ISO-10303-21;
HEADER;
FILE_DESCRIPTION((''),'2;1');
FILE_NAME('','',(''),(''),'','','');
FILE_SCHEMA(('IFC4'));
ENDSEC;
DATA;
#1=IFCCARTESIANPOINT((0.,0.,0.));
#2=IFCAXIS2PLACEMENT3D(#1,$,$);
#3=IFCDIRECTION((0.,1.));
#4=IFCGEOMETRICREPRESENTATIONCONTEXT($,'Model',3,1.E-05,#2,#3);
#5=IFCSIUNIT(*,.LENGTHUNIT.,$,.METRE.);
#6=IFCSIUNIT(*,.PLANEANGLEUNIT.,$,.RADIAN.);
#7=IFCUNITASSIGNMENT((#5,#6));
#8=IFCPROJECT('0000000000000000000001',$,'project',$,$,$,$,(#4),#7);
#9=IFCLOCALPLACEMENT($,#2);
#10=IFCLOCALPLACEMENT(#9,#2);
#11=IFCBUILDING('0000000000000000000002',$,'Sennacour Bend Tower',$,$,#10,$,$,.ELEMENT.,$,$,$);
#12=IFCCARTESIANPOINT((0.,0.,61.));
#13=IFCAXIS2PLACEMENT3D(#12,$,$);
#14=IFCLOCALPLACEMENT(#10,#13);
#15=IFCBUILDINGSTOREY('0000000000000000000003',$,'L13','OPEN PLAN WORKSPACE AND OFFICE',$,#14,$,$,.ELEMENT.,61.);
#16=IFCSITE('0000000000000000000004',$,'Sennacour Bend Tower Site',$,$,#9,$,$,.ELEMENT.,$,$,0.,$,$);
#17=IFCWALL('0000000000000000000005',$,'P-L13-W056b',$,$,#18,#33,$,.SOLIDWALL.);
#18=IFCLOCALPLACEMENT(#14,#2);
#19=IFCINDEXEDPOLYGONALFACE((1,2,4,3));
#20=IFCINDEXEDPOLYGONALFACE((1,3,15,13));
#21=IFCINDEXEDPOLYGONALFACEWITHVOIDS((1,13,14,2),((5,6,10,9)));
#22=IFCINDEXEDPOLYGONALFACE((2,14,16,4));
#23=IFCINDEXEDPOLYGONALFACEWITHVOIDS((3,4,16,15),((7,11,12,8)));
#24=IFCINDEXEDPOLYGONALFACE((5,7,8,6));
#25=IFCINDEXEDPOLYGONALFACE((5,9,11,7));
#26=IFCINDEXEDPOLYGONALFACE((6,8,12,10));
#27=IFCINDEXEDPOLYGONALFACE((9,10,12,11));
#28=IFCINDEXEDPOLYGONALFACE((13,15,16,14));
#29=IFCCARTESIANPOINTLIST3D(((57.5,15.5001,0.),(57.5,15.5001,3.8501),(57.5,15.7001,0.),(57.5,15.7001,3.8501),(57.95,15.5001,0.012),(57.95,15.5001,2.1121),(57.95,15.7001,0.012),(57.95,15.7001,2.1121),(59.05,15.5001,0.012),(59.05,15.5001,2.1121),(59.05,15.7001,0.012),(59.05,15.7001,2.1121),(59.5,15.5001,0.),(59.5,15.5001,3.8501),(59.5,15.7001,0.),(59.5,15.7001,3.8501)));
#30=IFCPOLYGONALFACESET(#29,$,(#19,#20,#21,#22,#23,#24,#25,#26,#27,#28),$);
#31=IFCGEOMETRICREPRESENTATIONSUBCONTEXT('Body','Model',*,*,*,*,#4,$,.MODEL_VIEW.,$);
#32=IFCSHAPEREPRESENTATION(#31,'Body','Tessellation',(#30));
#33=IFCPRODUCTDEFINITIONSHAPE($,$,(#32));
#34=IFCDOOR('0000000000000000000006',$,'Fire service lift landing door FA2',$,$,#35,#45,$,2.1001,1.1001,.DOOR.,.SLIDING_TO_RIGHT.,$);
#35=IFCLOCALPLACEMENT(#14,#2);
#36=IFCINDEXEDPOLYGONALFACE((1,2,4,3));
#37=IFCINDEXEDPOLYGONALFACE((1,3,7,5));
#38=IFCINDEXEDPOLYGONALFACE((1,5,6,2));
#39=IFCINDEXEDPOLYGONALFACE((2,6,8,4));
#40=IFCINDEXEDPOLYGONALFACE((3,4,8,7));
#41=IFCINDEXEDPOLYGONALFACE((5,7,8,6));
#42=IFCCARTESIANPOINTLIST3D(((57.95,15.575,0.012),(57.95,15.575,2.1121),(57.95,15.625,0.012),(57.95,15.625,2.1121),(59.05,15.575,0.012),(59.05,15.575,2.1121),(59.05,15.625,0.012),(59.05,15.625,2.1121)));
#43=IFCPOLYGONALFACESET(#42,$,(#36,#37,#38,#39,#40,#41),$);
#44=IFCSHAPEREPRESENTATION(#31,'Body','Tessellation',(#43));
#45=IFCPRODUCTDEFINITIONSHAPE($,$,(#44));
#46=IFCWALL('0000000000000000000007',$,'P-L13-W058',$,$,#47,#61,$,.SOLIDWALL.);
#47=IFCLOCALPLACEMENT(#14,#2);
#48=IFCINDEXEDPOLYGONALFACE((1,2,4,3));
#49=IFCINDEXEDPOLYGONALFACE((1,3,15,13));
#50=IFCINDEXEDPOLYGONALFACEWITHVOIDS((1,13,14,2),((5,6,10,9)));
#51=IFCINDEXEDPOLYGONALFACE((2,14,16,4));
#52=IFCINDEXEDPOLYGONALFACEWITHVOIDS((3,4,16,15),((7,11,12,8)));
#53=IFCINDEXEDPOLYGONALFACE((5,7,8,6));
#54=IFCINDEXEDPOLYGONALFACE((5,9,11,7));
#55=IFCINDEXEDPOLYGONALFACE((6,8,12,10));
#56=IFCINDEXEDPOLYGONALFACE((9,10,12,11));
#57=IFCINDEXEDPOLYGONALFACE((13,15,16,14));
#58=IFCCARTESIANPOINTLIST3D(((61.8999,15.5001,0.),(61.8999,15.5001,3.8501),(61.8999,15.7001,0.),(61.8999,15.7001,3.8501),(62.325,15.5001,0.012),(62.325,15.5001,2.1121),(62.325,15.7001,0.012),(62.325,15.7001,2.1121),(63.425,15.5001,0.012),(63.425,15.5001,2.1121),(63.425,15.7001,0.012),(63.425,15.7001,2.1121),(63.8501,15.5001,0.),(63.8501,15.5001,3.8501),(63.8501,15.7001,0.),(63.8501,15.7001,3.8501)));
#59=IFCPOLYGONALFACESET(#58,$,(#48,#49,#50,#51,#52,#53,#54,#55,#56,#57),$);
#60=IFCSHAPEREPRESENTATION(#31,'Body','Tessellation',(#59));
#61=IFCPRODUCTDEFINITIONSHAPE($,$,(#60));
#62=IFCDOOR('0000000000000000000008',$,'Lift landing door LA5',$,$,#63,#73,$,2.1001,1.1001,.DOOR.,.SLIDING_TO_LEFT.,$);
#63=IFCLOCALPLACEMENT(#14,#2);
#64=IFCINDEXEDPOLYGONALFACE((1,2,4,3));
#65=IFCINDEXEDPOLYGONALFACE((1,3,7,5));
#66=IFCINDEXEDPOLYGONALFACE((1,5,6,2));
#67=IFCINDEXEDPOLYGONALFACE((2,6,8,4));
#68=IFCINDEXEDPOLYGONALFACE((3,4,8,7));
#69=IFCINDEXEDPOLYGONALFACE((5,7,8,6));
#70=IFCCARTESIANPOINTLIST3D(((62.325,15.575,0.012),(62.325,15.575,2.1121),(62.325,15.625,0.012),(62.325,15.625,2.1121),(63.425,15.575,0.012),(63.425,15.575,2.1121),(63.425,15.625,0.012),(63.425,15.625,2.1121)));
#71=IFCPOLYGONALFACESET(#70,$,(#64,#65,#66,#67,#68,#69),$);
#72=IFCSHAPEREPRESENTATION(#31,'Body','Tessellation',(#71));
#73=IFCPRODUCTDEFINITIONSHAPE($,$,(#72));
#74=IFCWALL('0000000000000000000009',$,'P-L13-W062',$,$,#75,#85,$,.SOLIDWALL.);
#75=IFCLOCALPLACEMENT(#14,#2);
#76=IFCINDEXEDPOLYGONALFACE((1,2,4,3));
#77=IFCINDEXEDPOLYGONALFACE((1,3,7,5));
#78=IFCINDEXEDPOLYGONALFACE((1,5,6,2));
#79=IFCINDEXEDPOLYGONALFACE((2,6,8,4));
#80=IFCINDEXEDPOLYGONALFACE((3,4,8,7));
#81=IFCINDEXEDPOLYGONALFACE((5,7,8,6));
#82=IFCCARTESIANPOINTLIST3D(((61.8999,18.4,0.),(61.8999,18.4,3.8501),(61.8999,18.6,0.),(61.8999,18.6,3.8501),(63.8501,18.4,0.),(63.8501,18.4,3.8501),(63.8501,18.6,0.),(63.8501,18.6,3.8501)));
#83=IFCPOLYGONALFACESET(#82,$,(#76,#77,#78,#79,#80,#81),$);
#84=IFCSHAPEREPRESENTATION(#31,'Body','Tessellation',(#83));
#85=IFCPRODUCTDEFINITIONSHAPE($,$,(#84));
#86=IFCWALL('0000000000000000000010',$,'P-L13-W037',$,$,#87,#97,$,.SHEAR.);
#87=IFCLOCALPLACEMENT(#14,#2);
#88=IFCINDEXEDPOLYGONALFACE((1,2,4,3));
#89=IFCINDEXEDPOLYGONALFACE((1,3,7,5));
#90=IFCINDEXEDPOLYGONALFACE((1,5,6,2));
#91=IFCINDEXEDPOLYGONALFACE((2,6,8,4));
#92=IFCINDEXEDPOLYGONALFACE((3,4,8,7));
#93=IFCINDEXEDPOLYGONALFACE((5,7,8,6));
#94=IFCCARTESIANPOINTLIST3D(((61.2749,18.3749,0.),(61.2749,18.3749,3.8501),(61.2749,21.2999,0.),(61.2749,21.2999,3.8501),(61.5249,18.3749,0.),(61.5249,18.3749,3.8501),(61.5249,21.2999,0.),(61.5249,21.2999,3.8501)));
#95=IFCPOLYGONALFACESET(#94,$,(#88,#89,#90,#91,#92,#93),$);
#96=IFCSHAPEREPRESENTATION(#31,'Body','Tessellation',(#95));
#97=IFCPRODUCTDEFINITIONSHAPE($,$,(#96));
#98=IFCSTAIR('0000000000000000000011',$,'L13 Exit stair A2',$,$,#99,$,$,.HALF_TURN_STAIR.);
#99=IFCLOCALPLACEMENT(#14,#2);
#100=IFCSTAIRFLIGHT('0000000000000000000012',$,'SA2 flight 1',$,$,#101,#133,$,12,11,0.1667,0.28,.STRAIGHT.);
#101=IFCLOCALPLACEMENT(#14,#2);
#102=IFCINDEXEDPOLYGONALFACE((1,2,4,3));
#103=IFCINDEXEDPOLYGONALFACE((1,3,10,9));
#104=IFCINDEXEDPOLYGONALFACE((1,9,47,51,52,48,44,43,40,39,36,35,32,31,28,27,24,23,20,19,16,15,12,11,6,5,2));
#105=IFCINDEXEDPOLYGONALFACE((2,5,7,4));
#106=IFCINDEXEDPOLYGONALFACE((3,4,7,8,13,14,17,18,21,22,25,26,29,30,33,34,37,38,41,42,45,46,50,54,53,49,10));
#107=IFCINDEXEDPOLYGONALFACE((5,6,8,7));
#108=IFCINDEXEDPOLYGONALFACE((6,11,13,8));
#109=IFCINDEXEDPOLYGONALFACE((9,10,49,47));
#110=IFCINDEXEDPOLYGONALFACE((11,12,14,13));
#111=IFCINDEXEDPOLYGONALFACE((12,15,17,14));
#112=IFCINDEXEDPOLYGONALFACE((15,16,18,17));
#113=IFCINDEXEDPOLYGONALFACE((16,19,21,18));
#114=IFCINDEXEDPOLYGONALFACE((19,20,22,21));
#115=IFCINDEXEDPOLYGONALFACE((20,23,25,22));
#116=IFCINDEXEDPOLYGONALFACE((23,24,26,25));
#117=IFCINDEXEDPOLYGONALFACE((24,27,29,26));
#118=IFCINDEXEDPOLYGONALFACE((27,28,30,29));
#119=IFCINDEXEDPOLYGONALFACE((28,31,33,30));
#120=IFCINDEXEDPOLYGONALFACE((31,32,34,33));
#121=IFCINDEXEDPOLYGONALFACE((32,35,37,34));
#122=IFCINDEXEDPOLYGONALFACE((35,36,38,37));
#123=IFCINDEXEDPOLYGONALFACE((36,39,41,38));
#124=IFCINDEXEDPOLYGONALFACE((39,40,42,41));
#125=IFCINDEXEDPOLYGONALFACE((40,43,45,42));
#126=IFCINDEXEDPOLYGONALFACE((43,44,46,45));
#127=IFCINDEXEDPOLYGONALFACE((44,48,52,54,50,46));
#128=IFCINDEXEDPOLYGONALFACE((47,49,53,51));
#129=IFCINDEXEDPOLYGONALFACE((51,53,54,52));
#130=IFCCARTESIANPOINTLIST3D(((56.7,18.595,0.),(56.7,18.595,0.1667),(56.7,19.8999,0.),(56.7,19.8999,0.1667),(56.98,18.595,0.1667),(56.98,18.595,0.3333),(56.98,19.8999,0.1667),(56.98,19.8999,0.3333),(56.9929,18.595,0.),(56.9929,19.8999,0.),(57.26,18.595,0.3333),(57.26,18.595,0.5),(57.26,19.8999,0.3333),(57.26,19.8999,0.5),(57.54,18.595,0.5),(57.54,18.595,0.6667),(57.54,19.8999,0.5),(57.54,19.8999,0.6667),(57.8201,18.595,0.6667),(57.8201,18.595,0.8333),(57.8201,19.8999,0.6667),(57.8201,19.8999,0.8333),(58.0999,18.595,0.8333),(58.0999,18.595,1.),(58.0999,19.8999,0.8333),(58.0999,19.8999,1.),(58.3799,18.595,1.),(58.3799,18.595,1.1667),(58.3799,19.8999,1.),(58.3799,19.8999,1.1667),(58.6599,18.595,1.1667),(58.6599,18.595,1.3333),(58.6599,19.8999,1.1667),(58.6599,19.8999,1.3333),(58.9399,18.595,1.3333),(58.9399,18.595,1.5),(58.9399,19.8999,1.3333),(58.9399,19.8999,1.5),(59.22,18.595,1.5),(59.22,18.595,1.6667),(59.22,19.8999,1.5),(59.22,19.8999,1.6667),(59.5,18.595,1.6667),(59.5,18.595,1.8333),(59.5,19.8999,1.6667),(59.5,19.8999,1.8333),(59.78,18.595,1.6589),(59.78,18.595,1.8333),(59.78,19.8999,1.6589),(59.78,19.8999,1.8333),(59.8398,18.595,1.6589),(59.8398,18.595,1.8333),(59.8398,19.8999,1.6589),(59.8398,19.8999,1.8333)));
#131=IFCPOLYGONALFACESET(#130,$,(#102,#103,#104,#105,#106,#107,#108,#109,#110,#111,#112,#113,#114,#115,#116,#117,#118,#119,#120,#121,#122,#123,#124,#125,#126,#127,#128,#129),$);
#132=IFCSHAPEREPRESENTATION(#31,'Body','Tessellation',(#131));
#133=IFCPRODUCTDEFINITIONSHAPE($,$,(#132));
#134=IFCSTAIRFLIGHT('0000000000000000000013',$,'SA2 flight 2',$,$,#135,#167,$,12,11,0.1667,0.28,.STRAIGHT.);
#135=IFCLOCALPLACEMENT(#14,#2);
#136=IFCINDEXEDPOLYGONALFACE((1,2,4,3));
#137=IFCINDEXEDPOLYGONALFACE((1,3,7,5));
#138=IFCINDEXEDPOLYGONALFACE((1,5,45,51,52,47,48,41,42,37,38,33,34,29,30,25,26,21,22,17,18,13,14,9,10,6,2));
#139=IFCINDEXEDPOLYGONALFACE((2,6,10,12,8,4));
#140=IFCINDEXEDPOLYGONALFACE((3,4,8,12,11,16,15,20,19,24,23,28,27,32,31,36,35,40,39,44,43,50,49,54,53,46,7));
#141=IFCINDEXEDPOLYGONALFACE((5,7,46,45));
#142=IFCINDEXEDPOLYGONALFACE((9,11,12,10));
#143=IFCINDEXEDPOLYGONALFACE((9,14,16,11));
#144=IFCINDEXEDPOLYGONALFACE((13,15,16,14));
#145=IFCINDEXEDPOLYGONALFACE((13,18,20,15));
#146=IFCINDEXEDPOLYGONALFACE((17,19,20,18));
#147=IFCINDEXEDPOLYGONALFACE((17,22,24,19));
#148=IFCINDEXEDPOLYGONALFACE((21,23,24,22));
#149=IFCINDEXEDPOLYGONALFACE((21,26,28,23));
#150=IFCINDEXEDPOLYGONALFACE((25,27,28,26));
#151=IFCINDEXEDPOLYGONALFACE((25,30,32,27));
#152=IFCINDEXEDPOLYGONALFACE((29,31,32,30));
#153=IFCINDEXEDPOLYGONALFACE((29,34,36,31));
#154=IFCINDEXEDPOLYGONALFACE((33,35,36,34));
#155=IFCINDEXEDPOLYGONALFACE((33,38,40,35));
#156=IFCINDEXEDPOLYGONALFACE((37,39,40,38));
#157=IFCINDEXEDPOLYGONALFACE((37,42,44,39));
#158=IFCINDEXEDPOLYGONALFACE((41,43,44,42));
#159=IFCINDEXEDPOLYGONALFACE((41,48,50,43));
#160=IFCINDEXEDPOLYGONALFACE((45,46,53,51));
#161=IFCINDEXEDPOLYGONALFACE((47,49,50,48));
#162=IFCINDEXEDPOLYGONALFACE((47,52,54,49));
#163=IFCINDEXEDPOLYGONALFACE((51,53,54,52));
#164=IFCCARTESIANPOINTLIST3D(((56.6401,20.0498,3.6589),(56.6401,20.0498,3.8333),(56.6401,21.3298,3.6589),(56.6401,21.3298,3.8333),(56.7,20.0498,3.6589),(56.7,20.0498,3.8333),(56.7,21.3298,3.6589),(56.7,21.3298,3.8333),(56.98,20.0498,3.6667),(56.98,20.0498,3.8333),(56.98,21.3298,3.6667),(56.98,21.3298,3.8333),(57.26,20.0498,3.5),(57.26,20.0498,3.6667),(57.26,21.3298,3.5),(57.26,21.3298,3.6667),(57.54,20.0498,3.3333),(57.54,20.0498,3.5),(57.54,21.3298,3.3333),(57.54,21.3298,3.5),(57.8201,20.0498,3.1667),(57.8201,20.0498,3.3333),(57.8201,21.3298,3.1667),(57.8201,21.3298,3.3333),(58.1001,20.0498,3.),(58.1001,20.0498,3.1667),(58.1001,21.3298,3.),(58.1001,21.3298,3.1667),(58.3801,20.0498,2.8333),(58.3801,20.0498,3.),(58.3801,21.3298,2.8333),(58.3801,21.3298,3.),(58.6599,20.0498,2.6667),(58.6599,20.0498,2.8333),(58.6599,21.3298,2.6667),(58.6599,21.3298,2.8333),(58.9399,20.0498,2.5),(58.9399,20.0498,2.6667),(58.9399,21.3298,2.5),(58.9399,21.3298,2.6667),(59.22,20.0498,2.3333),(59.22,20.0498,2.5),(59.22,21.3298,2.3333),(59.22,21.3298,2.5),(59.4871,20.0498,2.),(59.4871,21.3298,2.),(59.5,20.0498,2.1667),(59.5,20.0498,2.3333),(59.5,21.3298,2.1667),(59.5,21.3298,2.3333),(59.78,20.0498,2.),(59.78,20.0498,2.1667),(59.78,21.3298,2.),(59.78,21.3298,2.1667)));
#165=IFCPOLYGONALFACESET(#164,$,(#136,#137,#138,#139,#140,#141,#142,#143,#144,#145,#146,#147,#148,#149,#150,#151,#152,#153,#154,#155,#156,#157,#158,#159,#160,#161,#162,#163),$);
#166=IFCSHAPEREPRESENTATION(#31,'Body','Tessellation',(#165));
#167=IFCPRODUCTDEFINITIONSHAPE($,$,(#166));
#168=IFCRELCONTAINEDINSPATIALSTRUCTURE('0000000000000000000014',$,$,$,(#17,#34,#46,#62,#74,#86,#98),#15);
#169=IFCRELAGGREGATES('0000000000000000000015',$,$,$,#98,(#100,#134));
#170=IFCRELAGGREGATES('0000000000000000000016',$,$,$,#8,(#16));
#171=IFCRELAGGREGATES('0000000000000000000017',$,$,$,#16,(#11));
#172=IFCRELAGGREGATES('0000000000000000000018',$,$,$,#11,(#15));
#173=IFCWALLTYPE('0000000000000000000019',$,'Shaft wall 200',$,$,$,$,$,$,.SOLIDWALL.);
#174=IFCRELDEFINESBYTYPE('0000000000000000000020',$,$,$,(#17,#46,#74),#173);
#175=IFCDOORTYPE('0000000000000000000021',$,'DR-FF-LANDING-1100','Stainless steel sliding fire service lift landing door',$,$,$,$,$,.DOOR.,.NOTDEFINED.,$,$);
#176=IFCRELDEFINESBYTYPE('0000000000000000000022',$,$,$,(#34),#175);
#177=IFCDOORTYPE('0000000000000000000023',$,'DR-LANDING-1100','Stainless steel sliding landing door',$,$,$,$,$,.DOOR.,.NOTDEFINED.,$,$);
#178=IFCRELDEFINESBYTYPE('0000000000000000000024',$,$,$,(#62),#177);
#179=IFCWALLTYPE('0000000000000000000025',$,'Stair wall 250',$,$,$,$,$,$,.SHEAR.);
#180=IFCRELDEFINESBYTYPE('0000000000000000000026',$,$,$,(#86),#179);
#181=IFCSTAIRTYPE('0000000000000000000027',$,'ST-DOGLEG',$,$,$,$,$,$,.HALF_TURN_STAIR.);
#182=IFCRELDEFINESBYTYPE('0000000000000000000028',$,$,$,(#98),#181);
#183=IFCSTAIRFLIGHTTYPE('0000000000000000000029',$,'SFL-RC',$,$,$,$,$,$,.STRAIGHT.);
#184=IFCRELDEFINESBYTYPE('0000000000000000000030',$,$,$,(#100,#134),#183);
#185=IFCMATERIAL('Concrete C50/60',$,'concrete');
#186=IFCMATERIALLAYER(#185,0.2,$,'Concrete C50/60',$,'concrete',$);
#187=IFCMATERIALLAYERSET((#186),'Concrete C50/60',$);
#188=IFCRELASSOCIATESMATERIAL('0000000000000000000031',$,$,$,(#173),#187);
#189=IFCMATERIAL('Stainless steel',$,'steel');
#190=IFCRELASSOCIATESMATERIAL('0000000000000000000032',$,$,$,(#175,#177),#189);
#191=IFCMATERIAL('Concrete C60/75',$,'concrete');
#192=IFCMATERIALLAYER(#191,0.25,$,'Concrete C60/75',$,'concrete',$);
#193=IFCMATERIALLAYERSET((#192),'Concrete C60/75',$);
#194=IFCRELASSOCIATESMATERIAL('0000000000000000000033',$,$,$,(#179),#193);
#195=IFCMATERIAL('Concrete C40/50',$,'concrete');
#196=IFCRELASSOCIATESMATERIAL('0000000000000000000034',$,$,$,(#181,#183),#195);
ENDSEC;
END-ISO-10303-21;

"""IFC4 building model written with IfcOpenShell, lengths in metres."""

from ifc_helpers import new_model, si_unit, direction, frame, frame_2d, origin, place, context, subcontext, project, spatial, polyline, rectangle, outline, extrude, material, layer, layer_set, type_object, element, fill, aggregate, save


model = new_model("IFC4")

# Units and contexts
model_context = context("Model", 3, precision=1e-05, world=origin(), true_north=direction((0.0, 1.0)))
body_context = subcontext(model_context, "Body", "Model", "MODEL_VIEW")
ifc_project = project(units=[si_unit("LENGTHUNIT", "METRE"), si_unit("PLANEANGLEUNIT", "RADIAN")], contexts=[model_context])

# Site, building, storey
site_placement = place(None, origin())
site = spatial("IfcSite", under=ifc_project, at=site_placement, Name="Sennacour Bend Tower Site", CompositionType="ELEMENT", RefElevation=0.0)
building_placement = place(site_placement, origin())
building = spatial("IfcBuilding", under=site, at=building_placement, Name="Sennacour Bend Tower", CompositionType="ELEMENT")
storey_placement = place(building_placement, frame((0.0, 0.0, 61.0)))
storey = spatial("IfcBuildingStorey", under=building, at=storey_placement, Name="L13", Description="OPEN PLAN WORKSPACE AND OFFICE", CompositionType="ELEMENT", Elevation=61.0)

# Shared definitions
ifc_material_1 = material(Name="Concrete C50/60", Category="concrete")
ifc_layer_1 = layer(ifc_material_1, 0.2, Name="Concrete C50/60", Category="concrete")
ifc_layer_set_1 = layer_set([ifc_layer_1], Name="Concrete C50/60")
wall_type_1 = type_object("IfcWallType", Name="Shaft wall 200", PredefinedType="SOLIDWALL", material=ifc_layer_set_1)

# Walls, openings, doors
wall_1_placement = place(storey_placement, frame((57.5, 15.6001, 0.0), z_axis=(0.0, 0.0, 1.0), x_axis=(1.0, 0.0, 0.0)))
wall_1 = element("IfcWall", 1, at=wall_1_placement, inside=storey, type_object=wall_type_1, Name="P-L13-W056b", PredefinedType="SOLIDWALL", context=body_context, shape_type="SweptSolid", body=[
    extrude(rectangle(XDim=2.0, YDim=0.2, at=frame_2d((1.0, 0.0))), origin(), (0.0, 0.0, 1.0), 3.8501),
])
opening_1_placement = place(wall_1_placement, frame((0.45, 0.0, 0.012)))
opening_1 = element("IfcOpeningElement", 2, at=opening_1_placement, cuts=wall_1, PredefinedType="OPENING", context=body_context, shape_type="SweptSolid", body=[
    extrude(rectangle(XDim=1.1001, YDim=2.1001, at=frame_2d((0.55, 1.05))), frame((0.0, 0.1099, 0.0), z_axis=(0.0, -1.0, 0.0), x_axis=(1.0, 0.0, 0.0)), (0.0, 0.0, 1.0), 0.22),
])
ifc_material_2 = material(Name="Stainless steel", Category="steel")
door_type_1 = type_object("IfcDoorType", Name="DR-FF-LANDING-1100", Description="Stainless steel sliding fire service lift landing door", OperationType="NOTDEFINED", PredefinedType="DOOR", material=ifc_material_2)
door_1_placement = place(opening_1_placement, origin())
door_1 = element("IfcDoor", 3, at=door_1_placement, inside=storey, type_object=door_type_1, Name="Fire service lift landing door FA2", OperationType="SLIDING_TO_RIGHT", OverallHeight=2.1001, OverallWidth=1.1001, PredefinedType="DOOR", context=body_context, shape_type="SweptSolid", body=[
    extrude(rectangle(XDim=1.1001, YDim=2.1001, at=frame_2d((0.55, 1.05))), frame((0.0, 0.0249, 0.0), z_axis=(0.0, -1.0, 0.0), x_axis=(1.0, 0.0, 0.0)), (0.0, 0.0, 1.0), 0.05),
])
fill(opening_1, door_1)
wall_2_placement = place(storey_placement, frame((61.8999, 15.6001, 0.0), z_axis=(0.0, 0.0, 1.0), x_axis=(1.0, 0.0, 0.0)))
wall_2 = element("IfcWall", 4, at=wall_2_placement, inside=storey, type_object=wall_type_1, Name="P-L13-W058", PredefinedType="SOLIDWALL", context=body_context, shape_type="SweptSolid", body=[
    extrude(rectangle(XDim=1.9502, YDim=0.2, at=frame_2d((0.9751, 0.0))), origin(), (0.0, 0.0, 1.0), 3.8501),
])
opening_2_placement = place(wall_2_placement, frame((0.425, 0.0, 0.012)))
opening_2 = element("IfcOpeningElement", 5, at=opening_2_placement, cuts=wall_2, PredefinedType="OPENING", context=body_context, shape_type="SweptSolid", body=[
    extrude(rectangle(XDim=1.1001, YDim=2.1001, at=frame_2d((0.55, 1.05))), frame((0.0, 0.1099, 0.0), z_axis=(0.0, -1.0, 0.0), x_axis=(1.0, 0.0, 0.0)), (0.0, 0.0, 1.0), 0.22),
])
door_type_2 = type_object("IfcDoorType", Name="DR-LANDING-1100", Description="Stainless steel sliding landing door", OperationType="NOTDEFINED", PredefinedType="DOOR", material=ifc_material_2)
door_2_placement = place(opening_2_placement, origin())
door_2 = element("IfcDoor", 6, at=door_2_placement, inside=storey, type_object=door_type_2, Name="Lift landing door LA5", OperationType="SLIDING_TO_LEFT", OverallHeight=2.1001, OverallWidth=1.1001, PredefinedType="DOOR", context=body_context, shape_type="SweptSolid", body=[
    extrude(rectangle(XDim=1.1001, YDim=2.1001, at=frame_2d((0.55, 1.05))), frame((0.0, 0.0249, 0.0), z_axis=(0.0, -1.0, 0.0), x_axis=(1.0, 0.0, 0.0)), (0.0, 0.0, 1.0), 0.05),
])
fill(opening_2, door_2)

# Walls
wall_3_placement = place(storey_placement, frame((61.8999, 18.5, 0.0), z_axis=(0.0, 0.0, 1.0), x_axis=(1.0, 0.0, 0.0)))
element("IfcWall", 7, at=wall_3_placement, inside=storey, type_object=wall_type_1, Name="P-L13-W062", PredefinedType="SOLIDWALL", context=body_context, shape_type="SweptSolid", body=[
    extrude(rectangle(XDim=1.9502, YDim=0.2, at=frame_2d((0.9751, 0.0))), origin(), (0.0, 0.0, 1.0), 3.8501),
])
ifc_material_3 = material(Name="Concrete C60/75", Category="concrete")
ifc_layer_2 = layer(ifc_material_3, 0.25, Name="Concrete C60/75", Category="concrete")
ifc_layer_set_2 = layer_set([ifc_layer_2], Name="Concrete C60/75")
wall_type_2 = type_object("IfcWallType", Name="Stair wall 250", PredefinedType="SHEAR", material=ifc_layer_set_2)
wall_4_placement = place(storey_placement, frame((61.3999, 18.375, 0.0), z_axis=(0.0, 0.0, 1.0), x_axis=(0.0, 1.0, 0.0)))
element("IfcWall", 8, at=wall_4_placement, inside=storey, type_object=wall_type_2, Name="P-L13-W037", PredefinedType="SHEAR", context=body_context, shape_type="SweptSolid", body=[
    extrude(rectangle(XDim=2.925, YDim=0.25, at=frame_2d((1.4624, 0.0))), origin(), (0.0, 0.0, 1.0), 3.8501),
])

# Stair, stair flights
ifc_material_4 = material(Name="Concrete C40/50", Category="concrete")
stair_type = type_object("IfcStairType", Name="ST-DOGLEG", PredefinedType="HALF_TURN_STAIR", material=ifc_material_4)
stair_placement = place(storey_placement, origin())
stair = element("IfcStair", 9, at=stair_placement, inside=storey, type_object=stair_type, Name="L13 Exit stair A2", PredefinedType="HALF_TURN_STAIR")
stair_flight_type = type_object("IfcStairFlightType", Name="SFL-RC", PredefinedType="STRAIGHT", material=ifc_material_4)
stair_flight_1_placement = place(storey_placement, frame((56.7, 19.2476, 0.0), z_axis=(0.0, 0.0, 1.0), x_axis=(1.0, 0.0, 0.0)))
stair_flight_1 = element("IfcStairFlight", 10, at=stair_flight_1_placement, type_object=stair_flight_type, Name="SA2 flight 1", NumberOfRisers=12, NumberOfTreads=11, PredefinedType="STRAIGHT", RiserHeight=0.1667, TreadLength=0.28, context=body_context, shape_type="SweptSolid", body=[
    extrude(outline(polyline([(0.0, 0.0), (0.0, 0.1667), (0.28, 0.1667), (0.28, 0.3333), (0.5601, 0.3333), (0.5601, 0.5), (0.8401, 0.5), (0.8401, 0.6667), (1.1201, 0.6667), (1.1201, 0.8333), (1.3999, 0.8333), (1.3999, 1.0), (1.6799, 1.0), (1.6799, 1.1667), (1.96, 1.1667), (1.96, 1.3333), (2.24, 1.3333), (2.24, 1.5), (2.52, 1.5), (2.52, 1.6667), (2.8, 1.6667), (2.8, 1.8333), (3.0801, 1.8333), (3.1399, 1.8333), (3.1399, 1.6589), (3.0801, 1.6589), (0.293, 0.0), (0.0, 0.0)])), frame((0.0, 0.6523, 0.0), z_axis=(0.0, -1.0, 0.0), x_axis=(1.0, 0.0, 0.0)), (0.0, 0.0, 1.0), 1.3049),
])
stair_flight_2_placement = place(storey_placement, frame((59.78, 20.6899, 2.0), z_axis=(0.0, 0.0, 1.0), x_axis=(-1.0, 0.0, 0.0)))
stair_flight_2 = element("IfcStairFlight", 11, at=stair_flight_2_placement, type_object=stair_flight_type, Name="SA2 flight 2", NumberOfRisers=12, NumberOfTreads=11, PredefinedType="STRAIGHT", RiserHeight=0.1667, TreadLength=0.28, context=body_context, shape_type="SweptSolid", body=[
    extrude(outline(polyline([(0.0, 0.0), (0.0, 0.1667), (0.28, 0.1667), (0.28, 0.3333), (0.5601, 0.3333), (0.5601, 0.5), (0.8401, 0.5), (0.8401, 0.6667), (1.1201, 0.6667), (1.1201, 0.8333), (1.3999, 0.8333), (1.3999, 1.0), (1.6799, 1.0), (1.6799, 1.1667), (1.96, 1.1667), (1.96, 1.3333), (2.24, 1.3333), (2.24, 1.5), (2.52, 1.5), (2.52, 1.6667), (2.8, 1.6667), (2.8, 1.8333), (3.0801, 1.8333), (3.1399, 1.8333), (3.1399, 1.6589), (3.0801, 1.6589), (0.293, 0.0), (0.0, 0.0)])), frame((0.0, 0.6401, 0.0), z_axis=(0.0, -1.0, 0.0), x_axis=(1.0, 0.0, 0.0)), (0.0, 0.0, 1.0), 1.28),
])
aggregate(stair, [stair_flight_1, stair_flight_2])

save(model, "model.ifc")
